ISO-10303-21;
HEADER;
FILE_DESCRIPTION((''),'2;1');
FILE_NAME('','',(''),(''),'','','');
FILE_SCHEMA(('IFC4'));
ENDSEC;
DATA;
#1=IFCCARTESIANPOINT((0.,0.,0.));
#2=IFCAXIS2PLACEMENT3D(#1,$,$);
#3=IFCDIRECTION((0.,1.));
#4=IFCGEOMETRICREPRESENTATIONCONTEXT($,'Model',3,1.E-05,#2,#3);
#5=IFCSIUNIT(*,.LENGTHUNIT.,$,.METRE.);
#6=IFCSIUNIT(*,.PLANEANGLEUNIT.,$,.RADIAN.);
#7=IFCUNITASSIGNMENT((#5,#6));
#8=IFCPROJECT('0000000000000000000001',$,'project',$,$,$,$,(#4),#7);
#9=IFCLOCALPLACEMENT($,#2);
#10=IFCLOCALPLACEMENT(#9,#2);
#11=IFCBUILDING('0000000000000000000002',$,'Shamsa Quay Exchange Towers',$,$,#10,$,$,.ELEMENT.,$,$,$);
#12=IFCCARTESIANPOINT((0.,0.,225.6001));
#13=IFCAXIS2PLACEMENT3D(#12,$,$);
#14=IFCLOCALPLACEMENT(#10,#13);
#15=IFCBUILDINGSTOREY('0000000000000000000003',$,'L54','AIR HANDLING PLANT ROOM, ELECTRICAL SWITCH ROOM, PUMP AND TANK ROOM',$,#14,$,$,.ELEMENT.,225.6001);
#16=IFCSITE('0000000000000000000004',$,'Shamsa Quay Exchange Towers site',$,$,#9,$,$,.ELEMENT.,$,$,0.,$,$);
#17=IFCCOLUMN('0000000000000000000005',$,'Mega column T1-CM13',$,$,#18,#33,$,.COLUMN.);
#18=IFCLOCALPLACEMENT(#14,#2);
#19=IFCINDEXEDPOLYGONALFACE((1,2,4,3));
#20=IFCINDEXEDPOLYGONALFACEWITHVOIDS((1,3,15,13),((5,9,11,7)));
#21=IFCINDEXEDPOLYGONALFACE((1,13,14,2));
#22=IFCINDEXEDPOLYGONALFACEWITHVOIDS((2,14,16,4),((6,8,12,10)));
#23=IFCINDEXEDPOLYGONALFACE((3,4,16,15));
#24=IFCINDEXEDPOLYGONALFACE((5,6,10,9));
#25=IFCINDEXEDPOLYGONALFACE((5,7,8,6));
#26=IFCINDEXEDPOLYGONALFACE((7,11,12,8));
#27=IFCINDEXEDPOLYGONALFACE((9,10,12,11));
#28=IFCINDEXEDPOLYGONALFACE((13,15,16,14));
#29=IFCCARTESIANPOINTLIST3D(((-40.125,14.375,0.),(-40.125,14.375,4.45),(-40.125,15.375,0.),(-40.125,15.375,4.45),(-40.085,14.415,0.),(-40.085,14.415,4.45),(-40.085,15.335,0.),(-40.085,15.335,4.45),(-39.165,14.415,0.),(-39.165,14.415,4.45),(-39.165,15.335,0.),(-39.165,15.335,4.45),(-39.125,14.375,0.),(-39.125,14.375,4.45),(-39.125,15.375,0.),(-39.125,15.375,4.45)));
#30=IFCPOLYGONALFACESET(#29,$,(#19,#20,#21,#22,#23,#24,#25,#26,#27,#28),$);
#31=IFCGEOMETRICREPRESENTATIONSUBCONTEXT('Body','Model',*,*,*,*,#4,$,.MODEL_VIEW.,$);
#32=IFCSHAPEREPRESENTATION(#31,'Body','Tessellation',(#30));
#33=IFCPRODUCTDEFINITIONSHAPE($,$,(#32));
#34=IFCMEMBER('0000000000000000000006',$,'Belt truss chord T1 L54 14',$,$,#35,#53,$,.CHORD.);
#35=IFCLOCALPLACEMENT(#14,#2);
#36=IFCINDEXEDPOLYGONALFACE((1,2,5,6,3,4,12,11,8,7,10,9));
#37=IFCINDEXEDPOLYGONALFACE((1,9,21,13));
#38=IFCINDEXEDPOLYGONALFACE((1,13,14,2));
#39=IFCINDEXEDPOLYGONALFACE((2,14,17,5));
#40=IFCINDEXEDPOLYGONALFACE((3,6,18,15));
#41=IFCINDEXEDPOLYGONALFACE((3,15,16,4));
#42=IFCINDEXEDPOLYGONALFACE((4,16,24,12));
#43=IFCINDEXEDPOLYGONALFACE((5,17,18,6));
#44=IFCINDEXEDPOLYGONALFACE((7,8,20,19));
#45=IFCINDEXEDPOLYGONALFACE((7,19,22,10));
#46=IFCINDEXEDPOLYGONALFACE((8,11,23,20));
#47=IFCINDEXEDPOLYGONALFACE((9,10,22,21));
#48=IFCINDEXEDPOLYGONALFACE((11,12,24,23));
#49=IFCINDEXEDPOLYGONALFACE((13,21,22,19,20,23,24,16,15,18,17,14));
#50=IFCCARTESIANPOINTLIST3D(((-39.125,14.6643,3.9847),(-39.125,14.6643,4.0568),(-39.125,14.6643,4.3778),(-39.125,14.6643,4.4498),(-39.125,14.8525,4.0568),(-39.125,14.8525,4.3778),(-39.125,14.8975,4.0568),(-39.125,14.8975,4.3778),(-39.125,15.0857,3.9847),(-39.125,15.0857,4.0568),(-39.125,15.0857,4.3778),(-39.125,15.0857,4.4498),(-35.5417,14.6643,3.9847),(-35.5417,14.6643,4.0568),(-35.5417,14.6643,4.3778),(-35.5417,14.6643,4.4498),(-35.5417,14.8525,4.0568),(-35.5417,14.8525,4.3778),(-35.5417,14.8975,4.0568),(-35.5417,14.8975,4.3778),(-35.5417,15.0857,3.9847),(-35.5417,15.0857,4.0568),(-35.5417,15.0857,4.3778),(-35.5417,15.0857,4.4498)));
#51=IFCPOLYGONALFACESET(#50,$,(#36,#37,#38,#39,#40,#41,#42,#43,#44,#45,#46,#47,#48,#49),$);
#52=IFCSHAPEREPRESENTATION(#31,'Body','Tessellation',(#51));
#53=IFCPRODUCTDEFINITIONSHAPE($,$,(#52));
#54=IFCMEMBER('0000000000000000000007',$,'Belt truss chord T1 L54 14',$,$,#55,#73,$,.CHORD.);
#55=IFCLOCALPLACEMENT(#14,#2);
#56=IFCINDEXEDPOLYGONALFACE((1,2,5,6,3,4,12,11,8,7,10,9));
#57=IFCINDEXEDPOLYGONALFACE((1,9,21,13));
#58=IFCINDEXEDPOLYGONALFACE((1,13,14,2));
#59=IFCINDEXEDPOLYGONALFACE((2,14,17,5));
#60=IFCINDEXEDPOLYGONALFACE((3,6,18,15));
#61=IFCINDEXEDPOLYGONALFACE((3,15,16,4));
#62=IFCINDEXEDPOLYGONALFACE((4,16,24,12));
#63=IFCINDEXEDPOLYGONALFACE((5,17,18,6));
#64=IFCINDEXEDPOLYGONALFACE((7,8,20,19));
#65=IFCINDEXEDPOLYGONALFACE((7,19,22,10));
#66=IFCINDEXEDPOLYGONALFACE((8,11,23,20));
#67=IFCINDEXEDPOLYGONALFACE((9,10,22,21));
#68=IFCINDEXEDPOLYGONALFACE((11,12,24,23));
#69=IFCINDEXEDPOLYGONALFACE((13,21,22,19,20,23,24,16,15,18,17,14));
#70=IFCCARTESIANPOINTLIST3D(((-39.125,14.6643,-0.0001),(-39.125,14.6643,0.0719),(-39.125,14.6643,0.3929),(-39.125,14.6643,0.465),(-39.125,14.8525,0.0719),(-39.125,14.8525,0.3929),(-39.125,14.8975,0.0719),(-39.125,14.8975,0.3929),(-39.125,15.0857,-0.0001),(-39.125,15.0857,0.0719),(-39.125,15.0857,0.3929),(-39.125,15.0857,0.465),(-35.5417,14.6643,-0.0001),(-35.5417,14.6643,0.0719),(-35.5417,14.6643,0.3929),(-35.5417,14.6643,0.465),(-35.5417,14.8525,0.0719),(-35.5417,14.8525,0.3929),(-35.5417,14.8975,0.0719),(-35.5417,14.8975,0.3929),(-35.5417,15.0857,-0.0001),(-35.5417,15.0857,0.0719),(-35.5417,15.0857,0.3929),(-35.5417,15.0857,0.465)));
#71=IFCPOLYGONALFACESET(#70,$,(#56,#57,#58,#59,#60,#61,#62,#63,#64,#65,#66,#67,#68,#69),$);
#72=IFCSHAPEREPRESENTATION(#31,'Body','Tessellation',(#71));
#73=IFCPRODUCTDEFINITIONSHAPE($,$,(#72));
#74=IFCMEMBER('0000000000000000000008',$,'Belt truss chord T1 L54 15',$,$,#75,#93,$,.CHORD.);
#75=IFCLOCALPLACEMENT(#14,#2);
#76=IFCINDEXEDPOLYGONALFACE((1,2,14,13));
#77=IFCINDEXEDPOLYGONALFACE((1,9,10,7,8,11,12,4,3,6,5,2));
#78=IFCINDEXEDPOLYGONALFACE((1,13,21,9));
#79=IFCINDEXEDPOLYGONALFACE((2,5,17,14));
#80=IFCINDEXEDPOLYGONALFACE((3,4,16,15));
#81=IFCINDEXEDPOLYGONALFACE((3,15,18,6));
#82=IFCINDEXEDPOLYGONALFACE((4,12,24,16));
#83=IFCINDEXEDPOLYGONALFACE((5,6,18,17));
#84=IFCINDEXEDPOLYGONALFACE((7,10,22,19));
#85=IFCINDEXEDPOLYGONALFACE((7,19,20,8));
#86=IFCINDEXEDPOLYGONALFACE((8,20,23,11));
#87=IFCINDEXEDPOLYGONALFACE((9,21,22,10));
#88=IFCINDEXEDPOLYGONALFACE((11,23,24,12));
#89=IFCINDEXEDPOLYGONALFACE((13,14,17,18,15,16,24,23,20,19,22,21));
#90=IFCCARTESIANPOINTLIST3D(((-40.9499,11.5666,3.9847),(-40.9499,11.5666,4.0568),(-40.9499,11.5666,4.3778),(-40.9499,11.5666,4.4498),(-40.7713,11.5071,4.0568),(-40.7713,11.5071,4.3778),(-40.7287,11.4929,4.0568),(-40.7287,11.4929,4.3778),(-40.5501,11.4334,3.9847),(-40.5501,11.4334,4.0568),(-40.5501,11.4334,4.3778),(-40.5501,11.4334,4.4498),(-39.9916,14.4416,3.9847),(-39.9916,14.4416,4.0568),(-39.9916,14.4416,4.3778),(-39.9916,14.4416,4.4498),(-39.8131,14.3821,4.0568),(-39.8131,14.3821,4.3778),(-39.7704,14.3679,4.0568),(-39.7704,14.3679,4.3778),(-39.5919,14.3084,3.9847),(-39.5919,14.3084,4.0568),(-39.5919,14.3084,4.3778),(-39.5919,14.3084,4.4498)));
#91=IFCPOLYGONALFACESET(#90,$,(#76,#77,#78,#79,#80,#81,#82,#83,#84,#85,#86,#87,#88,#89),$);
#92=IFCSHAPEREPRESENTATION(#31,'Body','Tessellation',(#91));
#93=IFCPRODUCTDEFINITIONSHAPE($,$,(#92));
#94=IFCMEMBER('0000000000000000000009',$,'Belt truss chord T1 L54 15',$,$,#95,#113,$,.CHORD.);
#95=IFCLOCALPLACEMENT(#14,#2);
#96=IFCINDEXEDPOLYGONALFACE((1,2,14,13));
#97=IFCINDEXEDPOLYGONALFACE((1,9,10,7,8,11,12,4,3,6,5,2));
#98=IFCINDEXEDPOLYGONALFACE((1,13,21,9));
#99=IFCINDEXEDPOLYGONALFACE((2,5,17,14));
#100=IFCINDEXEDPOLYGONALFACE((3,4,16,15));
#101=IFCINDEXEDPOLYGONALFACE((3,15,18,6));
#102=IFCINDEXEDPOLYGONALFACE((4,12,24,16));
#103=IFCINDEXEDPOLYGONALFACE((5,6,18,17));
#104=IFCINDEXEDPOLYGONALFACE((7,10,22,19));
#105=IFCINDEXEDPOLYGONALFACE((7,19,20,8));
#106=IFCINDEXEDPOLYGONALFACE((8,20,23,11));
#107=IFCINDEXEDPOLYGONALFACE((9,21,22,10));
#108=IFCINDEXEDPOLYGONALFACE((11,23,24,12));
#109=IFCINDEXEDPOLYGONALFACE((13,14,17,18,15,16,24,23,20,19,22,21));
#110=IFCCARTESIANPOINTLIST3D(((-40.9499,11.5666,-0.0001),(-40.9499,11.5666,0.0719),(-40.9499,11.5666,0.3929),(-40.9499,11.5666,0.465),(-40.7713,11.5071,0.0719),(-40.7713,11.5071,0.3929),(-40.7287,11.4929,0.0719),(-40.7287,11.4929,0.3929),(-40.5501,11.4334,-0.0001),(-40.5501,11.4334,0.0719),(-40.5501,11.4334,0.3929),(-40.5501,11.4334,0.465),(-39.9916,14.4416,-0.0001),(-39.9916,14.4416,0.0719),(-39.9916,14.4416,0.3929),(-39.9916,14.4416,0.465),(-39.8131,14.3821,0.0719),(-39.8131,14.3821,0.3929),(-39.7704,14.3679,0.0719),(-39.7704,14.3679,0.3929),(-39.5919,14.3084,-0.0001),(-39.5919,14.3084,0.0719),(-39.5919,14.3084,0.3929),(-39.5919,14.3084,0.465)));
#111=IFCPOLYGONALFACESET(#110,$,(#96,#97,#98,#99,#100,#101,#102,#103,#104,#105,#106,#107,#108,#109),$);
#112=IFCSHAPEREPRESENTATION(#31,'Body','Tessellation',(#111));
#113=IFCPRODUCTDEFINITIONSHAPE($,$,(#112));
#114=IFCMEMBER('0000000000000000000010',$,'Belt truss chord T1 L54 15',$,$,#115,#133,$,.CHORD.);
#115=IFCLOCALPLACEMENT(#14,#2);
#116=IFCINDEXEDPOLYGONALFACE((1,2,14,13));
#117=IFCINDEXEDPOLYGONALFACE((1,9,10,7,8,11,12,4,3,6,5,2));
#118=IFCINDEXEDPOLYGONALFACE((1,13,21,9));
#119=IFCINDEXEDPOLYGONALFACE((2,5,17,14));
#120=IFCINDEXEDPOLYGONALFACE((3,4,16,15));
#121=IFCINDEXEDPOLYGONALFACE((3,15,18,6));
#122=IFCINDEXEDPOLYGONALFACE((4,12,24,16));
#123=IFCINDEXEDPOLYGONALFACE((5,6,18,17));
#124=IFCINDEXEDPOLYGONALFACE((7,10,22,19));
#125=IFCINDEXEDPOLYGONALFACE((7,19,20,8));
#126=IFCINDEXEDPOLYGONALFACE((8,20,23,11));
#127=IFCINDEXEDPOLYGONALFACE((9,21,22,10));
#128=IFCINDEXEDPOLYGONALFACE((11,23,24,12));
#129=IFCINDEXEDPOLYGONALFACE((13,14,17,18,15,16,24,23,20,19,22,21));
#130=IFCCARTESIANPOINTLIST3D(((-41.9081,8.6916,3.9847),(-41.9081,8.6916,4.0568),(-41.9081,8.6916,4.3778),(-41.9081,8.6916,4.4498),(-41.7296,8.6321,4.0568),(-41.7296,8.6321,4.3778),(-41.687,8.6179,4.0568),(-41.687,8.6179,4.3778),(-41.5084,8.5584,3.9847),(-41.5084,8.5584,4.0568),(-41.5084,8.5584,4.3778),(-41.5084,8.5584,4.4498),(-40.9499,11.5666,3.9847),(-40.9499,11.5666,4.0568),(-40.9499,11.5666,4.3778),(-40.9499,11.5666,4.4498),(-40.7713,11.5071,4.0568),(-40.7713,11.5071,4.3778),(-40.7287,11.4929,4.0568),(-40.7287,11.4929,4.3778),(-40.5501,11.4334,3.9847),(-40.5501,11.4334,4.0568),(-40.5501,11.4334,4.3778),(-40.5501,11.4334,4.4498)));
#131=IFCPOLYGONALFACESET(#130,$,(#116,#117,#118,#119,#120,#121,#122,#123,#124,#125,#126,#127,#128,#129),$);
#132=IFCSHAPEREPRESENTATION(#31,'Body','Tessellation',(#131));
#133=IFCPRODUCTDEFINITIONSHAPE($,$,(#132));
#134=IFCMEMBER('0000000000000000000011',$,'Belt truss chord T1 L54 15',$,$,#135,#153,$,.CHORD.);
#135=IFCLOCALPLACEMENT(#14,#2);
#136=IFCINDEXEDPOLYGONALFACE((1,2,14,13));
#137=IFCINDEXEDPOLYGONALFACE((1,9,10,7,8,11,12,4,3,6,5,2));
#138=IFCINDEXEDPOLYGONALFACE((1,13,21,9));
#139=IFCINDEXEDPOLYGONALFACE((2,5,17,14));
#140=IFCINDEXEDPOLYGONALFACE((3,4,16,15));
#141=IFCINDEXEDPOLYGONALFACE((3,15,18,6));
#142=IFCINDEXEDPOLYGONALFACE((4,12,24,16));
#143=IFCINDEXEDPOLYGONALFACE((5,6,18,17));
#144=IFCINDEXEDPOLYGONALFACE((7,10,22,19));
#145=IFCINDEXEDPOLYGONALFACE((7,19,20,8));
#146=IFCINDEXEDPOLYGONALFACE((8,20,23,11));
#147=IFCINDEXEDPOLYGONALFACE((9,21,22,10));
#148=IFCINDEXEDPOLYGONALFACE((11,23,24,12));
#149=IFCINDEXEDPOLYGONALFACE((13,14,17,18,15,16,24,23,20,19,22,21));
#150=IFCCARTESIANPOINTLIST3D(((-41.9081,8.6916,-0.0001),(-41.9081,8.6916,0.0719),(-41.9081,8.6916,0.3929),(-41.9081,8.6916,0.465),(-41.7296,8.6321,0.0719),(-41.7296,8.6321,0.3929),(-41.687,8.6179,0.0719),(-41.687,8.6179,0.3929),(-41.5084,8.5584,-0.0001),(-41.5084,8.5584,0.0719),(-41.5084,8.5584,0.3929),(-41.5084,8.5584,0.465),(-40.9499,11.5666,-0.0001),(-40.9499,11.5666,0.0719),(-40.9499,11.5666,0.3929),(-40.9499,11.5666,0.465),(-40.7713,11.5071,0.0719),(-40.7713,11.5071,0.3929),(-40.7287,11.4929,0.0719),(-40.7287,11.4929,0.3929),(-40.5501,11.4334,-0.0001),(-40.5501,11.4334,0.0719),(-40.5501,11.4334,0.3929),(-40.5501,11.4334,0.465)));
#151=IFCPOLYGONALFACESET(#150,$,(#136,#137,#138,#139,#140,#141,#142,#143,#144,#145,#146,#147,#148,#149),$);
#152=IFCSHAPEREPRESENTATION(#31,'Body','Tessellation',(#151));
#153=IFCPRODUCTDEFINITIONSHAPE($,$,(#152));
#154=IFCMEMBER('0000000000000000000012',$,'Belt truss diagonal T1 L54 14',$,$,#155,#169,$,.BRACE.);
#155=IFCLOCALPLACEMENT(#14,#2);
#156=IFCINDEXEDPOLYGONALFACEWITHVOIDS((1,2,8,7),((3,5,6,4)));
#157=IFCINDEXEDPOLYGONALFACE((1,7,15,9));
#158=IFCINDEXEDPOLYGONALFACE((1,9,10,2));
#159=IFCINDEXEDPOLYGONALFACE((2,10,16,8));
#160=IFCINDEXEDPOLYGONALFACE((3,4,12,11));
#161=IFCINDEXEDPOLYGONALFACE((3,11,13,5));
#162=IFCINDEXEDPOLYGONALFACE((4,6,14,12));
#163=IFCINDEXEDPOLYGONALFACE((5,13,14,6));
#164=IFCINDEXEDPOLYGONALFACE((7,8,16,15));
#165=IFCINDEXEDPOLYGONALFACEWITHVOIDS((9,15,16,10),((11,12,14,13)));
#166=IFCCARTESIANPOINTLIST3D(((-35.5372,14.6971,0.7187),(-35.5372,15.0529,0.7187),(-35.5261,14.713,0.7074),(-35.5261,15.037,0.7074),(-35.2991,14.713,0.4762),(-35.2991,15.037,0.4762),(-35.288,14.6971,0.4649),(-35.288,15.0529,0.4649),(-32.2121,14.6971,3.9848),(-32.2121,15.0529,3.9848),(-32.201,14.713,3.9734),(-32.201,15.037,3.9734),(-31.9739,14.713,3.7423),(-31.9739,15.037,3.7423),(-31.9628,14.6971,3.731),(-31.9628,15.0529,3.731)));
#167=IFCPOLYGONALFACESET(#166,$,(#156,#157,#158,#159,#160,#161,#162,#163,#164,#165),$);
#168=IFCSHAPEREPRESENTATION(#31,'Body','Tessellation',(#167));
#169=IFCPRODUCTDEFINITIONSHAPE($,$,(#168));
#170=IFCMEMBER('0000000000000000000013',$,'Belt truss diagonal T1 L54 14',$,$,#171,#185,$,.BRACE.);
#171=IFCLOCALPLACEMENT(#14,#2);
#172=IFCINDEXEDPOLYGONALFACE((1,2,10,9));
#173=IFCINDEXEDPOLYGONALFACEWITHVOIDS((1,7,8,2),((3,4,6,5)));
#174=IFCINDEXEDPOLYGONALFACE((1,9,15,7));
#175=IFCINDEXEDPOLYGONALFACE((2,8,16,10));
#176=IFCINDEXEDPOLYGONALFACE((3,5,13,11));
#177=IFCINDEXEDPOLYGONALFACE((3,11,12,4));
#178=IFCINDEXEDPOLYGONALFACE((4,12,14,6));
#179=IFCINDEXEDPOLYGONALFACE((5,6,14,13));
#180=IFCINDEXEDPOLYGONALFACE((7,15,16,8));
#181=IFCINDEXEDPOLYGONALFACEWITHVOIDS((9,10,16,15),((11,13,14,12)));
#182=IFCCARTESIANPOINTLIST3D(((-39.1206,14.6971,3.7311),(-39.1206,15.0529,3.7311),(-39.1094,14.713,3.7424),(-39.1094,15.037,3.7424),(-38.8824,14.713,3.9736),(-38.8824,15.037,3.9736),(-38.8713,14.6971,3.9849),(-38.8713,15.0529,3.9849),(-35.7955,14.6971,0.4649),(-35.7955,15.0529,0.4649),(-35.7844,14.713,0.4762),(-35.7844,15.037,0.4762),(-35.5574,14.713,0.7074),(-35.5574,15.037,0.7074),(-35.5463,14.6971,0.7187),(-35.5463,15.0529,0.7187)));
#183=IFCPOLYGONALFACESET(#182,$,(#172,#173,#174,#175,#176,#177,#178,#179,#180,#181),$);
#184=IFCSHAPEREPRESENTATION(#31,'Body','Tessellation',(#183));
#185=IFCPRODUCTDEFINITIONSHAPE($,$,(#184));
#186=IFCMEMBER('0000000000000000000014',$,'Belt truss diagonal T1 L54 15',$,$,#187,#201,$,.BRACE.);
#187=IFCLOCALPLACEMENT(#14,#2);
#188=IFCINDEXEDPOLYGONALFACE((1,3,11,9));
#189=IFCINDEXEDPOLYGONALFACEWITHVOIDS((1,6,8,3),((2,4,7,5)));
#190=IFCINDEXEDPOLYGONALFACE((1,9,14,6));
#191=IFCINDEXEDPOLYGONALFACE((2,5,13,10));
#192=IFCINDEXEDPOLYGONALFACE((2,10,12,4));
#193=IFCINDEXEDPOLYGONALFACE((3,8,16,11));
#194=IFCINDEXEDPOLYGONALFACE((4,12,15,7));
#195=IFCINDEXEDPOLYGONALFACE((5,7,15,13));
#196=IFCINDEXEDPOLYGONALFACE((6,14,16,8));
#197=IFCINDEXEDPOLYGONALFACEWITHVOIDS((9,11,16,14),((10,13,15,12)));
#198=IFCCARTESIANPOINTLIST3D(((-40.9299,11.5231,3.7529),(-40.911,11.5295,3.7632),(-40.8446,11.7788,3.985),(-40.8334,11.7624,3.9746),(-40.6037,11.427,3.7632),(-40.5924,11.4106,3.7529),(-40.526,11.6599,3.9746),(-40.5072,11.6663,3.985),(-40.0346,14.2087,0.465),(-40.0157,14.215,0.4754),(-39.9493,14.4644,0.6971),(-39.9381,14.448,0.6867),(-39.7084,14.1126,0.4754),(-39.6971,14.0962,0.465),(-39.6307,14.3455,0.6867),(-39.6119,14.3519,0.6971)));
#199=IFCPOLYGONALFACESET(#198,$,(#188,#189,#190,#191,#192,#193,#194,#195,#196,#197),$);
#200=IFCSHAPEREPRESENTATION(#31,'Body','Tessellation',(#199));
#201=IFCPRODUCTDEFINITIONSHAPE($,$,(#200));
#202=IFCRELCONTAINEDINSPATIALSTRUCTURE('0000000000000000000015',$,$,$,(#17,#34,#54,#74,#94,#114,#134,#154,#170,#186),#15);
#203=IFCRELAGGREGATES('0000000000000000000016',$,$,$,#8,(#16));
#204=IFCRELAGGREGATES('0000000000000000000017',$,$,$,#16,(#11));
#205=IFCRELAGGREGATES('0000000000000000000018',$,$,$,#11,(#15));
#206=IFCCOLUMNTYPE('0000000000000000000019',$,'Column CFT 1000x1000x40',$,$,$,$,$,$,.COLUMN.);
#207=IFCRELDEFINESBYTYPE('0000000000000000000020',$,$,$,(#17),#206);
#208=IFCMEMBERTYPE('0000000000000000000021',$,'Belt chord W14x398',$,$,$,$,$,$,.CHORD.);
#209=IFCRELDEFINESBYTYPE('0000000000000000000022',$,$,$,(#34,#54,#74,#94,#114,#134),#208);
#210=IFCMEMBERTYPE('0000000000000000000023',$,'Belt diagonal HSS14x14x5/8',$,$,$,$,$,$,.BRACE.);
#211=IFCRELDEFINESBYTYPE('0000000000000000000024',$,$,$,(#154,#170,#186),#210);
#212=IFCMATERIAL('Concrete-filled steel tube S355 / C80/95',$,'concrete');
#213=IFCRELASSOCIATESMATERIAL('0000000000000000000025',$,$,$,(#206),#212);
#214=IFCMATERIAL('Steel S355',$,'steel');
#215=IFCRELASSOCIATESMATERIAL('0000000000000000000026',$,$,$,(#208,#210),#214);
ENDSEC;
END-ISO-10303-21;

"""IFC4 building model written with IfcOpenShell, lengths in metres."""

from ifc_helpers import new_model, si_unit, direction, frame, origin, origin_2d, place, context, subcontext, project, spatial, hollow_rectangle, i_section, extrude, material, material_profile, profile_set, type_object, element, save


model = new_model("IFC4")

# Units and contexts
model_context = context("Model", 3, precision=1e-05, world=origin(), true_north=direction((0.0, 1.0)))
body_context = subcontext(model_context, "Body", "Model", "MODEL_VIEW")
ifc_project = project(units=[si_unit("LENGTHUNIT", "METRE"), si_unit("PLANEANGLEUNIT", "RADIAN")], contexts=[model_context])

# Site, building, storey
site_placement = place(None, origin())
site = spatial("IfcSite", under=ifc_project, at=site_placement, Name="Shamsa Quay Exchange Towers site", CompositionType="ELEMENT", RefElevation=0.0)
building_placement = place(site_placement, origin())
building = spatial("IfcBuilding", under=site, at=building_placement, Name="Shamsa Quay Exchange Towers", CompositionType="ELEMENT")
storey_placement = place(building_placement, frame((0.0, 0.0, 225.6001)))
storey = spatial("IfcBuildingStorey", under=building, at=storey_placement, Name="L54", Description="AIR HANDLING PLANT ROOM, ELECTRICAL SWITCH ROOM, PUMP AND TANK ROOM", CompositionType="ELEMENT", Elevation=225.6001)

# Column
ifc_material_1 = material(Name="Concrete-filled steel tube S355 / C80/95", Category="concrete")
ifc_material_profile_1 = material_profile(ifc_material_1, hollow_rectangle(XDim=1.0, YDim=1.0, WallThickness=0.04, at=origin_2d()), Name="CFT 1000x1000x40")
ifc_profile_set_1 = profile_set([ifc_material_profile_1], Name="Concrete-filled steel tube S355 / C80/95")
column_type = type_object("IfcColumnType", Name="Column CFT 1000x1000x40", PredefinedType="COLUMN", material=ifc_profile_set_1)
column_placement = place(storey_placement, frame((-39.625, 14.875, 0.0)))
element("IfcColumn", 1, at=column_placement, inside=storey, type_object=column_type, Name="Mega column T1-CM13", PredefinedType="COLUMN", context=body_context, shape_type="SweptSolid", body=[
    extrude(hollow_rectangle(XDim=1.0, YDim=1.0, WallThickness=0.04, at=origin_2d()), origin(), (0.0, 0.0, 1.0), 4.45),
])

# Members
ifc_material_2 = material(Name="Steel S355", Category="steel")
ifc_material_profile_2 = material_profile(ifc_material_2, i_section(OverallWidth=0.4214, OverallDepth=0.4651, WebThickness=0.0449, FlangeThickness=0.072, at=origin_2d()), Name="W14x398")
ifc_profile_set_2 = profile_set([ifc_material_profile_2], Name="Steel S355")
member_type_1 = type_object("IfcMemberType", Name="Belt chord W14x398", PredefinedType="CHORD", material=ifc_profile_set_2)
for number, where, z_axis, x_axis, name in (
    (2, (-35.5417, 14.875, 4.2173), (-1.0, 0.0, 0.0), (0.0, -1.0, 0.0), "Belt truss chord T1 L54 14"),
    (3, (-35.5417, 14.875, 0.2324), (-1.0, 0.0, 0.0), (0.0, -1.0, 0.0), "Belt truss chord T1 L54 14"),
):
    element("IfcMember", number, at=place(storey_placement, frame(where, z_axis=z_axis, x_axis=x_axis)), inside=storey, type_object=member_type_1, Name=name, PredefinedType="CHORD", context=body_context, shape_type="SweptSolid", body=[
        extrude(i_section(OverallWidth=0.4214, OverallDepth=0.4651, WebThickness=0.0449, FlangeThickness=0.072, at=origin_2d()), origin(), (0.0, 0.0, 1.0), 3.5833),
    ])
for number, where, z_axis, x_axis, name in (
    (4, (-39.7917, 14.375, 4.2173), (-0.316204, -0.948691, 0.0), (0.948691, -0.316204, 0.0), "Belt truss chord T1 L54 15"),
    (5, (-39.7917, 14.375, 0.2324), (-0.316204, -0.948691, 0.0), (0.948691, -0.316204, 0.0), "Belt truss chord T1 L54 15"),
    (6, (-40.75, 11.5, 4.2173), (-0.316204, -0.948691, 0.0), (0.948691, -0.316204, 0.0), "Belt truss chord T1 L54 15"),
    (7, (-40.75, 11.5, 0.2324), (-0.316204, -0.948691, 0.0), (0.948691, -0.316204, 0.0), "Belt truss chord T1 L54 15"),
):
    element("IfcMember", number, at=place(storey_placement, frame(where, z_axis=z_axis, x_axis=x_axis)), inside=storey, type_object=member_type_1, Name=name, PredefinedType="CHORD", context=body_context, shape_type="SweptSolid", body=[
        extrude(i_section(OverallWidth=0.4214, OverallDepth=0.4651, WebThickness=0.0449, FlangeThickness=0.072, at=origin_2d()), origin(), (0.0, 0.0, 1.0), 3.0305),
    ])
ifc_material_profile_3 = material_profile(ifc_material_2, hollow_rectangle(XDim=0.3557, YDim=0.3557, WallThickness=0.0159, at=origin_2d()), Name="HSS14x14x5/8")
ifc_profile_set_3 = profile_set([ifc_material_profile_3], Name="Steel S355")
member_type_2 = type_object("IfcMemberType", Name="Belt diagonal HSS14x14x5/8", PredefinedType="BRACE", material=ifc_profile_set_3)
for number, where, z_axis, x_axis, name in (
    (8, (-35.4126, 14.875, 0.5918), (0.713416, 0.0, 0.70074), (0.0, 1.0, 0.0), "Belt truss diagonal T1 L54 14"),
    (9, (-35.6709, 14.875, 0.5918), (-0.713391, 0.0, 0.700767), (0.0, -1.0, 0.0), "Belt truss diagonal T1 L54 14"),
):
    element("IfcMember", number, at=place(storey_placement, frame(where, z_axis=z_axis, x_axis=x_axis)), inside=storey, type_object=member_type_2, Name=name, PredefinedType="BRACE", context=body_context, shape_type="SweptSolid", body=[
        extrude(hollow_rectangle(XDim=0.3557, YDim=0.3557, WallThickness=0.0159, at=origin_2d()), origin(), (0.0, 0.0, 1.0), 4.6609),
    ])
member_placement = place(storey_placement, frame((-39.8232, 14.2803, 0.5811), z_axis=(-0.206348, -0.618987, 0.757809), x_axis=(0.948675, -0.316254, 0.0)))
element("IfcMember", 10, at=member_placement, inside=storey, type_object=member_type_2, Name="Belt truss diagonal T1 L54 15", PredefinedType="BRACE", context=body_context, shape_type="SweptSolid", body=[
    extrude(hollow_rectangle(XDim=0.3557, YDim=0.3557, WallThickness=0.0159, at=origin_2d()), origin(), (0.0, 0.0, 1.0), 4.3386),
])

save(model, "model.ifc")
